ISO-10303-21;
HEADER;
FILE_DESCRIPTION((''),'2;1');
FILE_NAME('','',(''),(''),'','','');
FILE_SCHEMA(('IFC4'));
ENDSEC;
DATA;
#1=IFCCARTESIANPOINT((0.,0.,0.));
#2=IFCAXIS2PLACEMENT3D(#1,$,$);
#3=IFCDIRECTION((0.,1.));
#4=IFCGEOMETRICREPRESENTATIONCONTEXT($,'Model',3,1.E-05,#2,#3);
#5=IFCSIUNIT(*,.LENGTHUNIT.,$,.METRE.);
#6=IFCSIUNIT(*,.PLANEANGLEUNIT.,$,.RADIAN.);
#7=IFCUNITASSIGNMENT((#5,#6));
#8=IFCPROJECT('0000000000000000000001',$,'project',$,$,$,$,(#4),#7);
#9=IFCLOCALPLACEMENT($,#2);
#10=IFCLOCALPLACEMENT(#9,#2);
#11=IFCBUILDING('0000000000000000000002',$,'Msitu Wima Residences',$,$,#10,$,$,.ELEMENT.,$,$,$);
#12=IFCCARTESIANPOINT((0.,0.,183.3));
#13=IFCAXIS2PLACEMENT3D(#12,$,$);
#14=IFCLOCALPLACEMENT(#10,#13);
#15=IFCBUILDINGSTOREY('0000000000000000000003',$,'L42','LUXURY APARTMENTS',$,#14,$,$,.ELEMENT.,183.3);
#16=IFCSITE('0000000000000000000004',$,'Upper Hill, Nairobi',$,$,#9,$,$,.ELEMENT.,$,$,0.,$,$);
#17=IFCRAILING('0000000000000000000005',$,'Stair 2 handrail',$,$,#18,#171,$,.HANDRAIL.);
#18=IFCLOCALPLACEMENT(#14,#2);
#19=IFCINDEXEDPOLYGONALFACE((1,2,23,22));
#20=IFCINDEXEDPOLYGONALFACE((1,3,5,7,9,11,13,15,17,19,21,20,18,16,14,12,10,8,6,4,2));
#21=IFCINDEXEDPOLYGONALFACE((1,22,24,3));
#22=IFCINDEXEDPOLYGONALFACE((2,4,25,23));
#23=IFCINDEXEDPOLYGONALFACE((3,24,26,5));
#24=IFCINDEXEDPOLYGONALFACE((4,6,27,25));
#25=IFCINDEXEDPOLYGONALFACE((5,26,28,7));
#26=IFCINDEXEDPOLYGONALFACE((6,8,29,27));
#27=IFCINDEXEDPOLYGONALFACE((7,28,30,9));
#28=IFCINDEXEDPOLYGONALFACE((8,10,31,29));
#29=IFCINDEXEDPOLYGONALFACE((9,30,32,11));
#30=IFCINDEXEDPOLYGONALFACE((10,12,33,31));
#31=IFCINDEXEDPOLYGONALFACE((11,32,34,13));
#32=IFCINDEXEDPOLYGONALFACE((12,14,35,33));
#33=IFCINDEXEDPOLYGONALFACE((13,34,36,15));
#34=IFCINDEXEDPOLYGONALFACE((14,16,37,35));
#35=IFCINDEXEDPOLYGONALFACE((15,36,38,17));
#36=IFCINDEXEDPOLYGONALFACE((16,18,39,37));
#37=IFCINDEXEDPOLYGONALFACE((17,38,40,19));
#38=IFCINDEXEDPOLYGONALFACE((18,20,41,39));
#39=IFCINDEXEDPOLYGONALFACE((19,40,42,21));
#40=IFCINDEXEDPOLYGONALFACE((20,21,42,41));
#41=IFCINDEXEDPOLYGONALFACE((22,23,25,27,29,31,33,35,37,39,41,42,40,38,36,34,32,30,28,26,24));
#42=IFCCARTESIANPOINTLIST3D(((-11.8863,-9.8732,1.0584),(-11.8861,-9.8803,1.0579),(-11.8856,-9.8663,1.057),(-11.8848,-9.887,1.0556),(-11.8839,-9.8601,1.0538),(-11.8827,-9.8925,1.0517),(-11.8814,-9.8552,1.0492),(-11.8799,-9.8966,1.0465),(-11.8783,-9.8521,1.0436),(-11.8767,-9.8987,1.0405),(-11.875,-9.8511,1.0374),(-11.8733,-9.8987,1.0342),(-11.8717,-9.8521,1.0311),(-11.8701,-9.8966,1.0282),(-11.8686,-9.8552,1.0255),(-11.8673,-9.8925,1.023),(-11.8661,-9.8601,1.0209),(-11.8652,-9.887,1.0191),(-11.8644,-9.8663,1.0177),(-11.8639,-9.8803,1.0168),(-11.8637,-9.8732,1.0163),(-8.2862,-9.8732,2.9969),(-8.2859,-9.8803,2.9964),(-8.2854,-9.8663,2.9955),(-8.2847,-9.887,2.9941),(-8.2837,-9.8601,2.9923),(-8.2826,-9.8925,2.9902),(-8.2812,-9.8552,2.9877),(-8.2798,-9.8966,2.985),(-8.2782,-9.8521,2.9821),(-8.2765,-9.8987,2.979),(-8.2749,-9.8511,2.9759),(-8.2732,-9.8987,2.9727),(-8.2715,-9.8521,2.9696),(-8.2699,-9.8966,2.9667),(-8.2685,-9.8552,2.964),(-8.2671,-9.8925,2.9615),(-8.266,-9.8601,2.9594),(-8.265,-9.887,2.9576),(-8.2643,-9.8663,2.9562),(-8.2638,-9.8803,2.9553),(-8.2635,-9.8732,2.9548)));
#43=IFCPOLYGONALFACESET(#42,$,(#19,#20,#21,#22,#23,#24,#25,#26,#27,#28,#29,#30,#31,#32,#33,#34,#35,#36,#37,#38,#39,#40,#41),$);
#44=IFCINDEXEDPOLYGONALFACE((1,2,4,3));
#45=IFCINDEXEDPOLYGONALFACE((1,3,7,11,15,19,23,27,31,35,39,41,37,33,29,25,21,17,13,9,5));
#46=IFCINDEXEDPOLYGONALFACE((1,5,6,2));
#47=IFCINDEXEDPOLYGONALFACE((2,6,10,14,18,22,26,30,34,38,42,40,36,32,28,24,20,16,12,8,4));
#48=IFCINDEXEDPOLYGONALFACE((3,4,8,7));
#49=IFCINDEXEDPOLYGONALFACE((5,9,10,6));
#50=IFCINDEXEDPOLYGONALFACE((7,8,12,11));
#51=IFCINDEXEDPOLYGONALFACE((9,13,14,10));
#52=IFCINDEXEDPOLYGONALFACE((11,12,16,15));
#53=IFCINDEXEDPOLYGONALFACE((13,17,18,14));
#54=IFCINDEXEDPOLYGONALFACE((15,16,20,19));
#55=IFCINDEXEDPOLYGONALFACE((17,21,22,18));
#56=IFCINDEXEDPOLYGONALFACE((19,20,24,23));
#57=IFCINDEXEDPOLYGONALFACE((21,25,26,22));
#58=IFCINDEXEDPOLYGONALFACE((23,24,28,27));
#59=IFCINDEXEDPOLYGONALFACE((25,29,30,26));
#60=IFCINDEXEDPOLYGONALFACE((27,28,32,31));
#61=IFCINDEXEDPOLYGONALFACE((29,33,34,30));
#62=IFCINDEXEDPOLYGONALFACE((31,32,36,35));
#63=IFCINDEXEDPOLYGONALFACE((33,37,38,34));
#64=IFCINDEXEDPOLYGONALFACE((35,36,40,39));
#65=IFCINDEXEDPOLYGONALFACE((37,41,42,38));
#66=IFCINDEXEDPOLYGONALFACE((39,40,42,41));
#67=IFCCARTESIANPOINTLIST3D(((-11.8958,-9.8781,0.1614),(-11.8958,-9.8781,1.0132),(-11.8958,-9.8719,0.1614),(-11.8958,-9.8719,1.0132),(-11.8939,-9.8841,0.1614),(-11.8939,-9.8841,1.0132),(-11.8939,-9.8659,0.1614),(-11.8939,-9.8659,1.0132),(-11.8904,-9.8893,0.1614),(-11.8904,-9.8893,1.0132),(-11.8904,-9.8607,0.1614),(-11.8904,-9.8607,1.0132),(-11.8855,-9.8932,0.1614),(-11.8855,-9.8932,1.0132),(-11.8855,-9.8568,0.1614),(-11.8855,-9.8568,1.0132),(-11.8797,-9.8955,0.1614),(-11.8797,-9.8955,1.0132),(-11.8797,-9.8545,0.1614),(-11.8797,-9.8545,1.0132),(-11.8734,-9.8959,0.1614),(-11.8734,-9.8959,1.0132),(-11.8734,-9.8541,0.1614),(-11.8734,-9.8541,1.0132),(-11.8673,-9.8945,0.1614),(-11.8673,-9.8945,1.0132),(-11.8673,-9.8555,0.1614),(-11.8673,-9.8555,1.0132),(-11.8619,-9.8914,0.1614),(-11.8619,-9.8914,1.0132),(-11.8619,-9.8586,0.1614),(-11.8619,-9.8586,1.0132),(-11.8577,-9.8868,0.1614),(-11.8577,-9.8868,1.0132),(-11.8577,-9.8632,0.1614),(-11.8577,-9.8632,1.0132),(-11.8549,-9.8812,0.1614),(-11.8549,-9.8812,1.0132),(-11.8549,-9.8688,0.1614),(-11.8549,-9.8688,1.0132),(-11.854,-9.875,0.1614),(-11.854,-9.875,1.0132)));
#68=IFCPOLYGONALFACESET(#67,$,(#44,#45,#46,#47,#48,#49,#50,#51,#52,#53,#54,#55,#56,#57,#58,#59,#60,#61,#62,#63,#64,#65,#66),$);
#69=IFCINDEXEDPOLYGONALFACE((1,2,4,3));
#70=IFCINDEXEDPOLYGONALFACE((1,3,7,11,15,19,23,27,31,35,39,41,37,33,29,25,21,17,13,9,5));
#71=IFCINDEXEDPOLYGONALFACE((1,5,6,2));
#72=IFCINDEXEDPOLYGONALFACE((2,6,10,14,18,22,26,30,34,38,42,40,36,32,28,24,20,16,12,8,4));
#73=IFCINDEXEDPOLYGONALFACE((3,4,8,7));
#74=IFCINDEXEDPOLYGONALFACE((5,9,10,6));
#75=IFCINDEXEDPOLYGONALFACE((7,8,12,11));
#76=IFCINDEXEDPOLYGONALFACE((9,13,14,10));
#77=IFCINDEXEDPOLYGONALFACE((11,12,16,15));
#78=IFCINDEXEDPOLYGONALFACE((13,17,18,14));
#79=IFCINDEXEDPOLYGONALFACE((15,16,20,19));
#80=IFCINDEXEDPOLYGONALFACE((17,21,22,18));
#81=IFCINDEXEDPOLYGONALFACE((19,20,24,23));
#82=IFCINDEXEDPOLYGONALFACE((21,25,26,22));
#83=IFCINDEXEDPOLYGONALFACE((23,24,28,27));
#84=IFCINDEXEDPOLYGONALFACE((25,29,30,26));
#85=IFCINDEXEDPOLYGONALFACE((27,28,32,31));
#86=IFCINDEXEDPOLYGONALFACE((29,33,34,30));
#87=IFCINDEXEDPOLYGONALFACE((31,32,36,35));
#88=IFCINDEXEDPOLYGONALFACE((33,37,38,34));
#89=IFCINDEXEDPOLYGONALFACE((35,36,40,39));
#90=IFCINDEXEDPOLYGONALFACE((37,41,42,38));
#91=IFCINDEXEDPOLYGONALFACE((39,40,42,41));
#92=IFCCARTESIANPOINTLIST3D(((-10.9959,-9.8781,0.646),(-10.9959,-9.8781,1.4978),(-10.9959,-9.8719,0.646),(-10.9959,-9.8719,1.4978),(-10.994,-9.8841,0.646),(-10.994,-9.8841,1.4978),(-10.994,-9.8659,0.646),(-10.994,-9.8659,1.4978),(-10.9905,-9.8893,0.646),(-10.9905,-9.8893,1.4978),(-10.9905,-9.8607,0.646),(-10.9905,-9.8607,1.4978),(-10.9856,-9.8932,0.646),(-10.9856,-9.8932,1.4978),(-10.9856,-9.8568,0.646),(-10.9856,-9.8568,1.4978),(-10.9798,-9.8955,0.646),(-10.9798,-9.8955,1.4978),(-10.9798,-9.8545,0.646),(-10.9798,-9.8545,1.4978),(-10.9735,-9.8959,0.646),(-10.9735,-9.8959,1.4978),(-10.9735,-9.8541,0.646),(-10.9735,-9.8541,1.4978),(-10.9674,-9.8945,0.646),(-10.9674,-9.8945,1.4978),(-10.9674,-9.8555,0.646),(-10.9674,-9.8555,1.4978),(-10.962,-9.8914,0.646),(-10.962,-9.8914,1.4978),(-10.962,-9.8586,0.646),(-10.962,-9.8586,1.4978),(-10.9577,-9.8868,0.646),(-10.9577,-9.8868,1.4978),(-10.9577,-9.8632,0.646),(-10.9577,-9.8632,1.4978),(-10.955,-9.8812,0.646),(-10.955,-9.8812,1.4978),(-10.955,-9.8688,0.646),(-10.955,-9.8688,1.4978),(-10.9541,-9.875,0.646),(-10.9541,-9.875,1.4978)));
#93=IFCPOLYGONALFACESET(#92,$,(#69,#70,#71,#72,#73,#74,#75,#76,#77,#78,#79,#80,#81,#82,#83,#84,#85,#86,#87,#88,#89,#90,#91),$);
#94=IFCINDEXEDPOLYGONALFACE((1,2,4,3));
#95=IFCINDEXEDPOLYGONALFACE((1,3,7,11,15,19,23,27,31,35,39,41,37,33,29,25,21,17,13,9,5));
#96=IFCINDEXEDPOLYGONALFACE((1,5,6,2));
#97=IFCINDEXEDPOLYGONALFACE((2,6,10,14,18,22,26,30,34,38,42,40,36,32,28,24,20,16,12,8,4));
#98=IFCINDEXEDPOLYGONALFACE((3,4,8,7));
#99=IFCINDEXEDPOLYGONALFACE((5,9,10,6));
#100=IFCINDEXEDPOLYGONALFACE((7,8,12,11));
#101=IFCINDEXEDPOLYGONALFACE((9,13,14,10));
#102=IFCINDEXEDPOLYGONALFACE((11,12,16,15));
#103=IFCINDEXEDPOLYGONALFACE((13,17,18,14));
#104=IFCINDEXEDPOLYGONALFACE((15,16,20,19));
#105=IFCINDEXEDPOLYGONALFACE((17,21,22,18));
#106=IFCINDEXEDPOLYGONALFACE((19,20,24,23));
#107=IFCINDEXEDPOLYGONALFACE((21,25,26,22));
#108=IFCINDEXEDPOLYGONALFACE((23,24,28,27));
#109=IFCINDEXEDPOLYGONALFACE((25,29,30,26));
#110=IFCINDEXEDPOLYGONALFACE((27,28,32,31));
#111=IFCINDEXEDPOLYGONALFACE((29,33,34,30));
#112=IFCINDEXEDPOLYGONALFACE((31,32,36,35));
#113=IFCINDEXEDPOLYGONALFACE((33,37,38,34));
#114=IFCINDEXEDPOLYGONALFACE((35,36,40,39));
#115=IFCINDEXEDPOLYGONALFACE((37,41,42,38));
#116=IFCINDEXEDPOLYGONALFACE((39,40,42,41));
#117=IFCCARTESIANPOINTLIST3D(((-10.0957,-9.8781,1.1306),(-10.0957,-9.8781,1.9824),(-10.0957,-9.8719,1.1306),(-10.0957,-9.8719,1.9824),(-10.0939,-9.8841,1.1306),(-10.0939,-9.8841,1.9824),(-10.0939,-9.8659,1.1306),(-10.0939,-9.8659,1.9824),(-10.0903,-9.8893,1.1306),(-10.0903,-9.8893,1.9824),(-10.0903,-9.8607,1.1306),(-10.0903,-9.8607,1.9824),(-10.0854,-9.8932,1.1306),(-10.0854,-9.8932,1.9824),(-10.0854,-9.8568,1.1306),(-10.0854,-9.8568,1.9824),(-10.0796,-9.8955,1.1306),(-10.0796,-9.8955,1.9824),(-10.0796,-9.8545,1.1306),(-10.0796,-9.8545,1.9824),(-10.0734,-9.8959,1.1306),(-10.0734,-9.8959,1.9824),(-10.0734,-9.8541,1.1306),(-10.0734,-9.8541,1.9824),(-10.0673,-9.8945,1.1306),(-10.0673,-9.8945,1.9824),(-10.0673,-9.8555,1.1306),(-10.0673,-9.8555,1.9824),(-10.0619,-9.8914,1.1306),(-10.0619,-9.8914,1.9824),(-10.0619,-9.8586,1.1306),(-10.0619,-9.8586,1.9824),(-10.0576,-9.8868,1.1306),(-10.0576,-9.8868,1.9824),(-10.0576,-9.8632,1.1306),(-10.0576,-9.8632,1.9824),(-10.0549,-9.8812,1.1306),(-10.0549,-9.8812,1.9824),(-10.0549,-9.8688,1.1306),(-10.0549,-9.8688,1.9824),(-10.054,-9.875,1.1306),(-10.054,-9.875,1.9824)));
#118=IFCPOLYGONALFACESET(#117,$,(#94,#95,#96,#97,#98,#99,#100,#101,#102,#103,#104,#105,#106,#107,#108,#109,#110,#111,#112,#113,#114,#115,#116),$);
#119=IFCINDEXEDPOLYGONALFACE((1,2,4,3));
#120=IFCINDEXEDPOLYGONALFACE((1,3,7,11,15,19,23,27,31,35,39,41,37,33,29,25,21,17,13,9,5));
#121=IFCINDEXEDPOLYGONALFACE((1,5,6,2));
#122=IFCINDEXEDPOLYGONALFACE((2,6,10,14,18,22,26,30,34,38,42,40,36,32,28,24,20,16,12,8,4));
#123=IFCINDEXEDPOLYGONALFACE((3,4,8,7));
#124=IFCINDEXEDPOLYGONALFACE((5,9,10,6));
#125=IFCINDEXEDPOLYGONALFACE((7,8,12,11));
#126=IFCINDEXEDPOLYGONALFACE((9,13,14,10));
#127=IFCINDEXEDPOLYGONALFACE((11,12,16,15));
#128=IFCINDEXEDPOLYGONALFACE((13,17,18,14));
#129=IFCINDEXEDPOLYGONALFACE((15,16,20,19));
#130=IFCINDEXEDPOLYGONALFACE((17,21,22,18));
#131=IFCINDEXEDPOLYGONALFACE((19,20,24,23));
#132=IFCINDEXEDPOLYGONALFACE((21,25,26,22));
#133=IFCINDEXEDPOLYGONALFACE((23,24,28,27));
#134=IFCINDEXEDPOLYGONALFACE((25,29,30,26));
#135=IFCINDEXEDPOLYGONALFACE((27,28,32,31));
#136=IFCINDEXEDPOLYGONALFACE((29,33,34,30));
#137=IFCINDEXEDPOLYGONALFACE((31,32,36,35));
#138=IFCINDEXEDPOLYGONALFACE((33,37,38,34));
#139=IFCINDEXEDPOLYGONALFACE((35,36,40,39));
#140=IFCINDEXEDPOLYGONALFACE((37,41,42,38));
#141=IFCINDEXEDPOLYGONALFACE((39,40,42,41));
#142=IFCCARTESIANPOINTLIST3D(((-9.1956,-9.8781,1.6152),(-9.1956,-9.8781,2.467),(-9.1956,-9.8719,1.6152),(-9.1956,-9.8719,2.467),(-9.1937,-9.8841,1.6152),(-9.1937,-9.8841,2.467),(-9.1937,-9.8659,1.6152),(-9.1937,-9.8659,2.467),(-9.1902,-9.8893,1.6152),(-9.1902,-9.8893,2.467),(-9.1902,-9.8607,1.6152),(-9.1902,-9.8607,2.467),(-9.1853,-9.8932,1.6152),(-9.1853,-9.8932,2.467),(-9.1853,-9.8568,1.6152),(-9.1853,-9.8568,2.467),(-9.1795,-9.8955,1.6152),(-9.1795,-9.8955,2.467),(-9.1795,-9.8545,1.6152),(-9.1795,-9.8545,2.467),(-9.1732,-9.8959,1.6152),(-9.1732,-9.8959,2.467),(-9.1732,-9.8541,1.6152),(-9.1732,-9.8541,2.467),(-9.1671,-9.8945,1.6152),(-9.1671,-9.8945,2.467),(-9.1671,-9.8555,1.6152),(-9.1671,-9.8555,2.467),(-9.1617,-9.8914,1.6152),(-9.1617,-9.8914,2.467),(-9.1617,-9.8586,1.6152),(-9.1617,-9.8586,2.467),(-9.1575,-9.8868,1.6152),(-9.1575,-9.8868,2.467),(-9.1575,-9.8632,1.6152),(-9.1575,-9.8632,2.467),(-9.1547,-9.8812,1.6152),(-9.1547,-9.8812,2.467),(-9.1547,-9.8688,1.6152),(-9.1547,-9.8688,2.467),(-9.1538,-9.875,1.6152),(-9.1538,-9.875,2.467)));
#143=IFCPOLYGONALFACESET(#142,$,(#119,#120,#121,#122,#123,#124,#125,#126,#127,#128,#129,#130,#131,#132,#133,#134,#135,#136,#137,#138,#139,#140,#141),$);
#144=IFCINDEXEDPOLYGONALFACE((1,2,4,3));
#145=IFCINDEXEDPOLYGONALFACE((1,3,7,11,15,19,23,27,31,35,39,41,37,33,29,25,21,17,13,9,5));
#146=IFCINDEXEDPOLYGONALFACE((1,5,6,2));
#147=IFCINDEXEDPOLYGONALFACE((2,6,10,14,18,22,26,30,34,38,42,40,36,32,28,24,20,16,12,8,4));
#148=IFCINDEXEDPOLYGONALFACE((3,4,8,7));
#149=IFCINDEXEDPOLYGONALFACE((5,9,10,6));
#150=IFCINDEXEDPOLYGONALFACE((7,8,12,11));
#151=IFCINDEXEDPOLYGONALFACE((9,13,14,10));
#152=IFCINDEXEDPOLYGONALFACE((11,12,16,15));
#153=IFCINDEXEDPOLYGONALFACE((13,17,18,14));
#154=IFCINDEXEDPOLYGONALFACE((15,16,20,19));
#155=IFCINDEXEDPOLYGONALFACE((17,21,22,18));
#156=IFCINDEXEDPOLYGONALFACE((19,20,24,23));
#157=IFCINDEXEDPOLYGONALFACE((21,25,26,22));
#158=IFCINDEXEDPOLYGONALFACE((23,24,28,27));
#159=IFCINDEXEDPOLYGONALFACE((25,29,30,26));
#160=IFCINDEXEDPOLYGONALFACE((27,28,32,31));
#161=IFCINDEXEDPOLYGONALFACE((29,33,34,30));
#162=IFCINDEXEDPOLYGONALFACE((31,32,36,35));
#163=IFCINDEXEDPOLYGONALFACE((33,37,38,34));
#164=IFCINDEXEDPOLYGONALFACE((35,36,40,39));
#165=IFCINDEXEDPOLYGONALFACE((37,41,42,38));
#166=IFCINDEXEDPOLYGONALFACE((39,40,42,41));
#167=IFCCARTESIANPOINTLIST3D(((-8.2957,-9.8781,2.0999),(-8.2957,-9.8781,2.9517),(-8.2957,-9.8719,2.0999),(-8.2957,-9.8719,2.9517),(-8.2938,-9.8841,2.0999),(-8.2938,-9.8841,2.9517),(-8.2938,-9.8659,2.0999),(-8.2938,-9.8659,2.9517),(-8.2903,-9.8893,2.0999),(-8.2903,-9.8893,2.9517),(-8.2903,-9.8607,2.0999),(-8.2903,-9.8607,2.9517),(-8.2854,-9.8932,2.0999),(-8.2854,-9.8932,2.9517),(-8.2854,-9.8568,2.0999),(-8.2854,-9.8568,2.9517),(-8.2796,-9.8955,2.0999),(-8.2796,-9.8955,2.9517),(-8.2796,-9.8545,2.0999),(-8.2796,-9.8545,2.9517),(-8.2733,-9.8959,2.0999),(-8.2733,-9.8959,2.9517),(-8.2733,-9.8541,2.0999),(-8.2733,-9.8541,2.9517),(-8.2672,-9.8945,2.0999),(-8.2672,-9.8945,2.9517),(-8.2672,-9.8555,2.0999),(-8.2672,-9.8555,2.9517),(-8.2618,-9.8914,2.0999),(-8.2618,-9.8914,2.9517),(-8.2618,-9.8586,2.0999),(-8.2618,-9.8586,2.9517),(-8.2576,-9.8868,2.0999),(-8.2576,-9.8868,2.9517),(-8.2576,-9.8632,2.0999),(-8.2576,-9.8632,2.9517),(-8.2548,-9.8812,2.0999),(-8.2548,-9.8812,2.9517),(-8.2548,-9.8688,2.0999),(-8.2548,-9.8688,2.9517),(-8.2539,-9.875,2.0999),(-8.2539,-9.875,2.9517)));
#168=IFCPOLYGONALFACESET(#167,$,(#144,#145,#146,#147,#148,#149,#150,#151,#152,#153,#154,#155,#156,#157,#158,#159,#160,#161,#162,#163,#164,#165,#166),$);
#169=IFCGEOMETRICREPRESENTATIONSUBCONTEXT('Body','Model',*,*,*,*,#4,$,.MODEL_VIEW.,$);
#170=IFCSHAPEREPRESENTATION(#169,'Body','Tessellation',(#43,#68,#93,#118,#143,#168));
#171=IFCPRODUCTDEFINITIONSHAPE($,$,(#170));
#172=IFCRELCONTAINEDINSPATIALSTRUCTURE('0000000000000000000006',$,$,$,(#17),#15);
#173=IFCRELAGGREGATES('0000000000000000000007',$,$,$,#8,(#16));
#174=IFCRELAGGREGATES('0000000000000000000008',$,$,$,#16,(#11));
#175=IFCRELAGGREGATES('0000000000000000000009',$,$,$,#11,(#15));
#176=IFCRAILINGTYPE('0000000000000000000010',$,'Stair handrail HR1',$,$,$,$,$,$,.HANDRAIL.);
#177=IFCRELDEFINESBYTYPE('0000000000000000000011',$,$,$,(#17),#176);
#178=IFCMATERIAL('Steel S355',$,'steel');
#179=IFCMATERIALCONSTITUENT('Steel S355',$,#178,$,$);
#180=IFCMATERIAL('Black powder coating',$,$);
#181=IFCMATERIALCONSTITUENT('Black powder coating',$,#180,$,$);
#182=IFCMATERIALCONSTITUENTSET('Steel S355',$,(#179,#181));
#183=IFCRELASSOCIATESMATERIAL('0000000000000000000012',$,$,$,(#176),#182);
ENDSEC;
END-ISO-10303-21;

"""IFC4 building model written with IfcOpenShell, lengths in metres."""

from ifc_helpers import new_model, si_unit, direction, frame, origin, origin_2d, place, context, subcontext, project, spatial, circle, extrude, material, constituent, constituent_set, type_object, element, save


model = new_model("IFC4")

# Units and contexts
model_context = context("Model", 3, precision=1e-05, world=origin(), true_north=direction((0.0, 1.0)))
body_context = subcontext(model_context, "Body", "Model", "MODEL_VIEW")
ifc_project = project(units=[si_unit("LENGTHUNIT", "METRE"), si_unit("PLANEANGLEUNIT", "RADIAN")], contexts=[model_context])

# Site, building, storey
site_placement = place(None, origin())
site = spatial("IfcSite", under=ifc_project, at=site_placement, Name="Upper Hill, Nairobi", CompositionType="ELEMENT", RefElevation=0.0)
building_placement = place(site_placement, origin())
building = spatial("IfcBuilding", under=site, at=building_placement, Name="Msitu Wima Residences", CompositionType="ELEMENT")
storey_placement = place(building_placement, frame((0.0, 0.0, 183.3)))
storey = spatial("IfcBuildingStorey", under=building, at=storey_placement, Name="L42", Description="LUXURY APARTMENTS", CompositionType="ELEMENT", Elevation=183.3)

# Railing
ifc_material_1 = material(Name="Steel S355", Category="steel")
ifc_constituent_1 = constituent(ifc_material_1, Name="Steel S355")
ifc_material_2 = material(Name="Black powder coating")
ifc_constituent_2 = constituent(ifc_material_2, Name="Black powder coating")
ifc_constituent_set = constituent_set(constituents=[ifc_constituent_1, ifc_constituent_2], Name="Steel S355")
railing_type = type_object("IfcRailingType", Name="Stair handrail HR1", PredefinedType="HANDRAIL", material=ifc_constituent_set)
for number, where, name in (
    (1, (-11.875, -9.875, 0.1614), "Stair 2 handrail"),
):
    element("IfcRailing", number, at=place(storey_placement, frame(where)), inside=storey, type_object=railing_type, Name=name, PredefinedType="HANDRAIL", context=body_context, shape_type="SweptSolid", body=[
        extrude(circle(Radius=0.0239, at=origin_2d()), frame((0.0, 0.0, 0.876), z_axis=(0.880475, 0.0, 0.474093), x_axis=(0.0, 1.0, 0.0)), (0.0, 0.0, 1.0), 4.0889),
        extrude(circle(Radius=0.021, at=origin_2d()), origin(), (0.0, 0.0, 1.0), 0.8518),
        extrude(circle(Radius=0.021, at=origin_2d()), frame((0.8999, 0.0, 0.4846)), (0.0, 0.0, 1.0), 0.8518),
        extrude(circle(Radius=0.021, at=origin_2d()), frame((1.8, 0.0, 0.9692)), (0.0, 0.0, 1.0), 0.8518),
        extrude(circle(Radius=0.021, at=origin_2d()), frame((2.7002, 0.0, 1.4539)), (0.0, 0.0, 1.0), 0.8518),
        extrude(circle(Radius=0.021, at=origin_2d()), frame((3.6001, 0.0, 1.9385)), (0.0, 0.0, 1.0), 0.8518),
    ])

save(model, "model.ifc")
